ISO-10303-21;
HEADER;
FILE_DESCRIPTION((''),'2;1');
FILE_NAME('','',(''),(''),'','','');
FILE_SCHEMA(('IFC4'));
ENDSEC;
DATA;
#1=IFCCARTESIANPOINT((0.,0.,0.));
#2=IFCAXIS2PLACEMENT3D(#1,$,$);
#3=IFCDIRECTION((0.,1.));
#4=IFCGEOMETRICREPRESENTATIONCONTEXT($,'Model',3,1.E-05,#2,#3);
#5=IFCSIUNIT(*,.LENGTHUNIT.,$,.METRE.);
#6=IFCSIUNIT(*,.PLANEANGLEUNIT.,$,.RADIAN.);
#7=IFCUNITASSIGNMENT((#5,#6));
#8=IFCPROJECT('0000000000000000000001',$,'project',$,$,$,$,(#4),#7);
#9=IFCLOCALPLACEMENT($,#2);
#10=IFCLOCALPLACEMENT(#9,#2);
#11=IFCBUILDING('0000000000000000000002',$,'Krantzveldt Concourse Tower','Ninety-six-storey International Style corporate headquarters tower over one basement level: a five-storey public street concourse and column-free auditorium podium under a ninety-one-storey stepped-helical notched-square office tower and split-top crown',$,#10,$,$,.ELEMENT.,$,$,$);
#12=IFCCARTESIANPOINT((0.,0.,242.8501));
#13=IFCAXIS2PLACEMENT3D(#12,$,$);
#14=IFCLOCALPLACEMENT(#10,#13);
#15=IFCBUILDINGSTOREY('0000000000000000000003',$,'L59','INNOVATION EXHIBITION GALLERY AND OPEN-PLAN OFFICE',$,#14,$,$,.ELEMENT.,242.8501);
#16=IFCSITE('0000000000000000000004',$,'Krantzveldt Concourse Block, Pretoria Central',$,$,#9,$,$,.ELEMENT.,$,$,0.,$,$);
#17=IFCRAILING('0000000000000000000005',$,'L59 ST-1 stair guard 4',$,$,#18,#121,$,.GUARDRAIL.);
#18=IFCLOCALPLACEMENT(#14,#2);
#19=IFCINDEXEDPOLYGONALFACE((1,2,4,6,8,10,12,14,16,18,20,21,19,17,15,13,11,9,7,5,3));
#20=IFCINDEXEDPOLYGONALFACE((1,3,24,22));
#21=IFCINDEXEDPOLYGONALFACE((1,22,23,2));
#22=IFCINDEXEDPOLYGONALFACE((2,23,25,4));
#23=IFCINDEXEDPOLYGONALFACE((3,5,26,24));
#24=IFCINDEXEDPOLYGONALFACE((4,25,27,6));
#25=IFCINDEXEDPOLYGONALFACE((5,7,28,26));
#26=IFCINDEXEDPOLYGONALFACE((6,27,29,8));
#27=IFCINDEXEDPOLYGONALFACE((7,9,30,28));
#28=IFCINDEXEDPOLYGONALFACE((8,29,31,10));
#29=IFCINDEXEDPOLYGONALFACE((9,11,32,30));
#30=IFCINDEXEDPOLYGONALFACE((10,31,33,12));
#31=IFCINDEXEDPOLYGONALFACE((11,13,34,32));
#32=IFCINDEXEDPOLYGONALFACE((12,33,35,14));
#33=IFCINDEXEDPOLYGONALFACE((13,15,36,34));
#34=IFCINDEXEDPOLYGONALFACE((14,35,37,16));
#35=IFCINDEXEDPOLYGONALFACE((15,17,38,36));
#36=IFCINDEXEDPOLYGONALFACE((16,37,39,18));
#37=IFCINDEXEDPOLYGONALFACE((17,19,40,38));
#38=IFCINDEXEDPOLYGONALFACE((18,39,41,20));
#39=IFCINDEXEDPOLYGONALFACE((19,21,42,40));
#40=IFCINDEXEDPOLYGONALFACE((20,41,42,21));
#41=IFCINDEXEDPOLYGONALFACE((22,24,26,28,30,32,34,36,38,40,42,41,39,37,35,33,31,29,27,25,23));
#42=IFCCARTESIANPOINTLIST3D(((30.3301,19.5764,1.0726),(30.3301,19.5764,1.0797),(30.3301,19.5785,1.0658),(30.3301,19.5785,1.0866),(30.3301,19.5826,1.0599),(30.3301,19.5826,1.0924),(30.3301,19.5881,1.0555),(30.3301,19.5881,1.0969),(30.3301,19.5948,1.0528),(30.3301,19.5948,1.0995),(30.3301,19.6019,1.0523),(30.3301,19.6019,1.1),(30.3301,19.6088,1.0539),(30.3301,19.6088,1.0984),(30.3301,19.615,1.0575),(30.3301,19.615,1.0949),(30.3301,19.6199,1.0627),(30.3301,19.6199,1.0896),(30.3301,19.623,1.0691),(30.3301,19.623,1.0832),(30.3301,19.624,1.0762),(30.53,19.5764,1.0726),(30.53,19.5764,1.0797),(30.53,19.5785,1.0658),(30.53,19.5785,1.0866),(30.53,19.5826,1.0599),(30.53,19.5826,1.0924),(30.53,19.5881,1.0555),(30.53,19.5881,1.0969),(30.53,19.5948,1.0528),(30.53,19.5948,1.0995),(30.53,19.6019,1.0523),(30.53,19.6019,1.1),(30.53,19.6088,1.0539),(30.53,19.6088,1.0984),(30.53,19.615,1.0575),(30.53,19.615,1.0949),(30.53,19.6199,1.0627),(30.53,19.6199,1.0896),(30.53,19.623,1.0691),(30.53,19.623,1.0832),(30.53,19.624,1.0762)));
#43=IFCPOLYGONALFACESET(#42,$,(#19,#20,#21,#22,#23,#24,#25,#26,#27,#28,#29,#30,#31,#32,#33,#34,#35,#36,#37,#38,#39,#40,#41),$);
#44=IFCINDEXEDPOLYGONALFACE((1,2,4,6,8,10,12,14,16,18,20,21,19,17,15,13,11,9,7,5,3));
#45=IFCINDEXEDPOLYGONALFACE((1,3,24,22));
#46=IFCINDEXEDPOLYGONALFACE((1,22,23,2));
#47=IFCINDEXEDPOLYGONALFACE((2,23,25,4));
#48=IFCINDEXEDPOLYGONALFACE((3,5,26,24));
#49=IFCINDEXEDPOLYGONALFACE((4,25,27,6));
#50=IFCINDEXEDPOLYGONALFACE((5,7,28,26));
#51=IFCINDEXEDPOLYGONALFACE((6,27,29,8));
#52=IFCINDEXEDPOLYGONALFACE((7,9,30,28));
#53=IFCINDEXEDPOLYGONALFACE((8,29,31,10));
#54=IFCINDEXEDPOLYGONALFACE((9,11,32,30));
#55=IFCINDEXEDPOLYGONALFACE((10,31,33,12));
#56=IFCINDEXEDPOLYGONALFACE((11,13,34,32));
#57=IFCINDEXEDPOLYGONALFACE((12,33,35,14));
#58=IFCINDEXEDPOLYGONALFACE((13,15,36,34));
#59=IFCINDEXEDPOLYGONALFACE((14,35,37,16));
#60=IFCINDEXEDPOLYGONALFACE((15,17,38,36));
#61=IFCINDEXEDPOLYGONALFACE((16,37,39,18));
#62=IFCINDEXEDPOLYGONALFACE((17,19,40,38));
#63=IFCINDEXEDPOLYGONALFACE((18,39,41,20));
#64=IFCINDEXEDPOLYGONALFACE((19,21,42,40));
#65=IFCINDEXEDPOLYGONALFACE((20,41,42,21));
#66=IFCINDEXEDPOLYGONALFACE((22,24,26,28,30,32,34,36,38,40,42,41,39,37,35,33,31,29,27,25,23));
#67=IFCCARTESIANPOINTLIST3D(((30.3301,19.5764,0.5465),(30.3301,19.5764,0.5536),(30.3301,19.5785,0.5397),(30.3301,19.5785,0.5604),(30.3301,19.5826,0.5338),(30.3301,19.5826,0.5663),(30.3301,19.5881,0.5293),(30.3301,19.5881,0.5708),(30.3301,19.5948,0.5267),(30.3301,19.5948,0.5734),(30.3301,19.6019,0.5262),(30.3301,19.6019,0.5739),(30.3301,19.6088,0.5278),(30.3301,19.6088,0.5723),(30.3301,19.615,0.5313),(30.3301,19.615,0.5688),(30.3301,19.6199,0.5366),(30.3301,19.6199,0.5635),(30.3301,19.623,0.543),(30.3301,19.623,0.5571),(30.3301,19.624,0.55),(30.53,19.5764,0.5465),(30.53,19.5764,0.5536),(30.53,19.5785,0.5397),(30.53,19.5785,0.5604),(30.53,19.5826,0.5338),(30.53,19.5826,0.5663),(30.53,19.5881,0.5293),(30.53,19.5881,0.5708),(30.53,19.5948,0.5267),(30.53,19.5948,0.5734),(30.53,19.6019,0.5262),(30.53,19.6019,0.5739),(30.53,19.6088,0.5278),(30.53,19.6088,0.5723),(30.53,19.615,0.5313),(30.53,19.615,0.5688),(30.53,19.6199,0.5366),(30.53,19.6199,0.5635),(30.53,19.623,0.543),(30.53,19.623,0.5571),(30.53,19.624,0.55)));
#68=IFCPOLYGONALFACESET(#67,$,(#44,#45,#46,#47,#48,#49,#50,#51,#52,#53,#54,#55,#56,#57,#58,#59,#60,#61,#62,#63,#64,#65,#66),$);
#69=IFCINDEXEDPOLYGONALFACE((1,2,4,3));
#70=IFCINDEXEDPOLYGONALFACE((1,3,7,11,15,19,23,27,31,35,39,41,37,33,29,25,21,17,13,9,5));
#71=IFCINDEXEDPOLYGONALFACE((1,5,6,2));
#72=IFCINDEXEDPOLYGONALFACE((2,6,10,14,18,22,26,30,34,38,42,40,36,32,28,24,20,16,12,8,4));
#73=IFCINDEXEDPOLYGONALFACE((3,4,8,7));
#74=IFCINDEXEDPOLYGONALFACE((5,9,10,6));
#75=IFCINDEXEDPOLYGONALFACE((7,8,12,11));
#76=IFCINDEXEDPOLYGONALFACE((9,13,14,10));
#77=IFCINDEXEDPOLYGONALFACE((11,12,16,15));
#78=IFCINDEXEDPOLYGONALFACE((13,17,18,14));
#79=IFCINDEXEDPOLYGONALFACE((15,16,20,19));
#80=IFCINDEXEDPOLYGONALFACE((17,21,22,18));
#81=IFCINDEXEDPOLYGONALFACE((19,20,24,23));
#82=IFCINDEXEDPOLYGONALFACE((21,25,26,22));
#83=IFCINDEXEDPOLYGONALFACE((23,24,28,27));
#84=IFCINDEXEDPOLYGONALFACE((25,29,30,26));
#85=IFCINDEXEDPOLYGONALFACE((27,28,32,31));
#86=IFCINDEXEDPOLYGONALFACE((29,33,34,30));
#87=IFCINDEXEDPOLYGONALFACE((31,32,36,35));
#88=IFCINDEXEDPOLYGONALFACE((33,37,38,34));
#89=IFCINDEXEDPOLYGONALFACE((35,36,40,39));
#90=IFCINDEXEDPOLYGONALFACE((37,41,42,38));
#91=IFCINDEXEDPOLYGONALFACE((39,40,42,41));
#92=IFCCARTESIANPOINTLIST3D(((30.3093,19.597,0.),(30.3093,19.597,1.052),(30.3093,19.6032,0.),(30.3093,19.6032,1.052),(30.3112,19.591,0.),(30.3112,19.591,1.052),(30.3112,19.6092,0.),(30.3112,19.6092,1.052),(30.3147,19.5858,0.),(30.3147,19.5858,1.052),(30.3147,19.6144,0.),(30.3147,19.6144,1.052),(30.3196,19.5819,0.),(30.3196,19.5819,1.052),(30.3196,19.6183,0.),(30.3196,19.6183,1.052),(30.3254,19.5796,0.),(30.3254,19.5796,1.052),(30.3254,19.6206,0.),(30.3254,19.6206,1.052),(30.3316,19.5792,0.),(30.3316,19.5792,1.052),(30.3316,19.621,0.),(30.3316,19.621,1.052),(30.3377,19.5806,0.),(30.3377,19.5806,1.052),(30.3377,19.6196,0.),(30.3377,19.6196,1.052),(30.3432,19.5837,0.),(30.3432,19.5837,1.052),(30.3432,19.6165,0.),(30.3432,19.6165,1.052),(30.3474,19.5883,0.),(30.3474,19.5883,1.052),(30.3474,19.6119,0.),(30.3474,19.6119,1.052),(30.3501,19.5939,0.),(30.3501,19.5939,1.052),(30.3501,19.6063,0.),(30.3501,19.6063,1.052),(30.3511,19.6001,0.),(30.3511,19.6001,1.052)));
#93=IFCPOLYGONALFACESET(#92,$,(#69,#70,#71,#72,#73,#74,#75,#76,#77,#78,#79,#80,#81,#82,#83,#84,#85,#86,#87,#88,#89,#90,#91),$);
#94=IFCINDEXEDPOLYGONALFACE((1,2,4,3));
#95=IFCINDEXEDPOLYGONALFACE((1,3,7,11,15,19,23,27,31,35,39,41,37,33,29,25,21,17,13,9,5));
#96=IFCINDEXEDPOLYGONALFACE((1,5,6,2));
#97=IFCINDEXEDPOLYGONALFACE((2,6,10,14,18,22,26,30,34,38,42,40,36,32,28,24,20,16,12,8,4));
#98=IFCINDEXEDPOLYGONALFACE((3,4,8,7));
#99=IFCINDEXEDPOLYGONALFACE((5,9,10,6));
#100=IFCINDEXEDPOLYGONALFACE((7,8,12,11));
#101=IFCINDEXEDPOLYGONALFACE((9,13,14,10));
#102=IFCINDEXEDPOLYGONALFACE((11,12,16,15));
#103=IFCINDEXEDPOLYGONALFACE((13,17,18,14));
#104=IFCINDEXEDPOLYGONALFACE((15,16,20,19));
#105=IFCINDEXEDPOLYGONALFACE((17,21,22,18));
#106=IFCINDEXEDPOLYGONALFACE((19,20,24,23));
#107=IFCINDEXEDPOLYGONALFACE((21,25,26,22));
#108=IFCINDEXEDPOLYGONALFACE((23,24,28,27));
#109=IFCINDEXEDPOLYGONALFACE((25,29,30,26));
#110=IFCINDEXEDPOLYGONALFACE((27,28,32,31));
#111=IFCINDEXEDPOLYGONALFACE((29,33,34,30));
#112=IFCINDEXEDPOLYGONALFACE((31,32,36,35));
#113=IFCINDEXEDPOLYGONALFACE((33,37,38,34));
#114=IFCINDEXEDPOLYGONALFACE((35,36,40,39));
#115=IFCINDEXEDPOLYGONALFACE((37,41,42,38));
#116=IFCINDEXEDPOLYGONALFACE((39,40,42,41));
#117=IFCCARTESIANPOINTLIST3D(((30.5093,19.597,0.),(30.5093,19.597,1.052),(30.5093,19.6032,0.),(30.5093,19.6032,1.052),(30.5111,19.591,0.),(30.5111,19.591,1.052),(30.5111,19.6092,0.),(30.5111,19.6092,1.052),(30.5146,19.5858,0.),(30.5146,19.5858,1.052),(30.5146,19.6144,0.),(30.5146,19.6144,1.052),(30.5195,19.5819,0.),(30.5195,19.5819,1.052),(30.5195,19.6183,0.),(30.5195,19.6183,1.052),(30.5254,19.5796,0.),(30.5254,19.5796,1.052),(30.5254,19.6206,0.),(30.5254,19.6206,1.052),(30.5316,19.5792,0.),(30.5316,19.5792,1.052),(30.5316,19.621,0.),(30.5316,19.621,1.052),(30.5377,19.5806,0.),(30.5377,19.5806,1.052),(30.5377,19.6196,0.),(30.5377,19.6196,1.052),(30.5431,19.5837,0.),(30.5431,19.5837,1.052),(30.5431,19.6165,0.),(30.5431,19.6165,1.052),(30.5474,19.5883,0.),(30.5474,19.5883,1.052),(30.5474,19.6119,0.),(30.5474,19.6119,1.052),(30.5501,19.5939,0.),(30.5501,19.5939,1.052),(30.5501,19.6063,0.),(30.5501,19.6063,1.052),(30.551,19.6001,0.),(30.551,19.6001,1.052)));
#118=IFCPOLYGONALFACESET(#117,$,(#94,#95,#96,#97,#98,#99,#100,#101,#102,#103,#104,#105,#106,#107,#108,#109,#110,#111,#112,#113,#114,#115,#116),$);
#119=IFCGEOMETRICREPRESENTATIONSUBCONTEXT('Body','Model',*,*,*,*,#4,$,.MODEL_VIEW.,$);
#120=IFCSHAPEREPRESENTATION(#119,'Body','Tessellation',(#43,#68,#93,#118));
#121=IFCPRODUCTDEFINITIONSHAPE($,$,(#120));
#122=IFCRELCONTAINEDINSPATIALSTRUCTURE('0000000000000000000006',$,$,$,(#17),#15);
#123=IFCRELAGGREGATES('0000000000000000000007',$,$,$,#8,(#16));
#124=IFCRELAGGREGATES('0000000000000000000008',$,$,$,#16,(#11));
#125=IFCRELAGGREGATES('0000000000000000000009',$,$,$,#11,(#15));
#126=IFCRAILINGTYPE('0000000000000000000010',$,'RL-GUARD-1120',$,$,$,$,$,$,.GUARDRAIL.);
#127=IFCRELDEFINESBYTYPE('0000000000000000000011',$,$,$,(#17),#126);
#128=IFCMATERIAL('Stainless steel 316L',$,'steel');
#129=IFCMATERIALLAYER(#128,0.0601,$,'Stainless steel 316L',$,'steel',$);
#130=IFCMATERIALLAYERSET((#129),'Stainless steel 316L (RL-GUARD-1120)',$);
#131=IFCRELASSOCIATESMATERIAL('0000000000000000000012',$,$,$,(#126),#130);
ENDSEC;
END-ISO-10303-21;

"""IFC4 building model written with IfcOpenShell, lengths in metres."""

from ifc_helpers import new_model, si_unit, direction, frame, origin, origin_2d, place, context, subcontext, project, spatial, circle, extrude, material, layer, layer_set, type_object, element, save


model = new_model("IFC4")

# Units and contexts
model_context = context("Model", 3, precision=1e-05, world=origin(), true_north=direction((0.0, 1.0)))
body_context = subcontext(model_context, "Body", "Model", "MODEL_VIEW")
ifc_project = project(units=[si_unit("LENGTHUNIT", "METRE"), si_unit("PLANEANGLEUNIT", "RADIAN")], contexts=[model_context])

# Site, building, storey
site_placement = place(None, origin())
site = spatial("IfcSite", under=ifc_project, at=site_placement, Name="Krantzveldt Concourse Block, Pretoria Central", CompositionType="ELEMENT", RefElevation=0.0)
building_placement = place(site_placement, origin())
building = spatial("IfcBuilding", under=site, at=building_placement, Name="Krantzveldt Concourse Tower", Description="Ninety-six-storey International Style corporate headquarters tower over one basement level: a five-storey public street concourse and column-free auditorium podium under a ninety-one-storey stepped-helical notched-square office tower and split-top crown", CompositionType="ELEMENT")
storey_placement = place(building_placement, frame((0.0, 0.0, 242.8501)))
storey = spatial("IfcBuildingStorey", under=building, at=storey_placement, Name="L59", Description="INNOVATION EXHIBITION GALLERY AND OPEN-PLAN OFFICE", CompositionType="ELEMENT", Elevation=242.8501)

# Shared definitions
ifc_material_1 = material(Name="Stainless steel 316L", Category="steel")

# Railing
ifc_layer_1 = layer(ifc_material_1, 0.0601, Name="Stainless steel 316L", Category="steel")
ifc_layer_set_1 = layer_set([ifc_layer_1], Name="Stainless steel 316L (RL-GUARD-1120)")
railing_type_1 = type_object("IfcRailingType", Name="RL-GUARD-1120", PredefinedType="GUARDRAIL", material=ifc_layer_set_1)
railing_1_placement = place(storey_placement, frame((30.3301, 19.6001, 0.0)))
element("IfcRailing", 1, at=railing_1_placement, inside=storey, type_object=railing_type_1, Name="L59 ST-1 stair guard 4", PredefinedType="GUARDRAIL", context=body_context, shape_type="SweptSolid", body=[
    extrude(circle(Radius=0.0239, at=origin_2d()), frame((0.0, 0.0, 1.0762), z_axis=(1.0, 0.0, 0.0), x_axis=(0.0, 1.0, 0.0)), (0.0, 0.0, 1.0), 0.2),
    extrude(circle(Radius=0.0239, at=origin_2d()), frame((0.0, 0.0, 0.55), z_axis=(1.0, 0.0, 0.0), x_axis=(0.0, 1.0, 0.0)), (0.0, 0.0, 1.0), 0.2),
    extrude(circle(Radius=0.021, at=origin_2d()), origin(), (0.0, 0.0, 1.0), 1.052),
    extrude(circle(Radius=0.021, at=origin_2d()), frame((0.2, 0.0, 0.0)), (0.0, 0.0, 1.0), 1.052),
])

save(model, "model.ifc")
